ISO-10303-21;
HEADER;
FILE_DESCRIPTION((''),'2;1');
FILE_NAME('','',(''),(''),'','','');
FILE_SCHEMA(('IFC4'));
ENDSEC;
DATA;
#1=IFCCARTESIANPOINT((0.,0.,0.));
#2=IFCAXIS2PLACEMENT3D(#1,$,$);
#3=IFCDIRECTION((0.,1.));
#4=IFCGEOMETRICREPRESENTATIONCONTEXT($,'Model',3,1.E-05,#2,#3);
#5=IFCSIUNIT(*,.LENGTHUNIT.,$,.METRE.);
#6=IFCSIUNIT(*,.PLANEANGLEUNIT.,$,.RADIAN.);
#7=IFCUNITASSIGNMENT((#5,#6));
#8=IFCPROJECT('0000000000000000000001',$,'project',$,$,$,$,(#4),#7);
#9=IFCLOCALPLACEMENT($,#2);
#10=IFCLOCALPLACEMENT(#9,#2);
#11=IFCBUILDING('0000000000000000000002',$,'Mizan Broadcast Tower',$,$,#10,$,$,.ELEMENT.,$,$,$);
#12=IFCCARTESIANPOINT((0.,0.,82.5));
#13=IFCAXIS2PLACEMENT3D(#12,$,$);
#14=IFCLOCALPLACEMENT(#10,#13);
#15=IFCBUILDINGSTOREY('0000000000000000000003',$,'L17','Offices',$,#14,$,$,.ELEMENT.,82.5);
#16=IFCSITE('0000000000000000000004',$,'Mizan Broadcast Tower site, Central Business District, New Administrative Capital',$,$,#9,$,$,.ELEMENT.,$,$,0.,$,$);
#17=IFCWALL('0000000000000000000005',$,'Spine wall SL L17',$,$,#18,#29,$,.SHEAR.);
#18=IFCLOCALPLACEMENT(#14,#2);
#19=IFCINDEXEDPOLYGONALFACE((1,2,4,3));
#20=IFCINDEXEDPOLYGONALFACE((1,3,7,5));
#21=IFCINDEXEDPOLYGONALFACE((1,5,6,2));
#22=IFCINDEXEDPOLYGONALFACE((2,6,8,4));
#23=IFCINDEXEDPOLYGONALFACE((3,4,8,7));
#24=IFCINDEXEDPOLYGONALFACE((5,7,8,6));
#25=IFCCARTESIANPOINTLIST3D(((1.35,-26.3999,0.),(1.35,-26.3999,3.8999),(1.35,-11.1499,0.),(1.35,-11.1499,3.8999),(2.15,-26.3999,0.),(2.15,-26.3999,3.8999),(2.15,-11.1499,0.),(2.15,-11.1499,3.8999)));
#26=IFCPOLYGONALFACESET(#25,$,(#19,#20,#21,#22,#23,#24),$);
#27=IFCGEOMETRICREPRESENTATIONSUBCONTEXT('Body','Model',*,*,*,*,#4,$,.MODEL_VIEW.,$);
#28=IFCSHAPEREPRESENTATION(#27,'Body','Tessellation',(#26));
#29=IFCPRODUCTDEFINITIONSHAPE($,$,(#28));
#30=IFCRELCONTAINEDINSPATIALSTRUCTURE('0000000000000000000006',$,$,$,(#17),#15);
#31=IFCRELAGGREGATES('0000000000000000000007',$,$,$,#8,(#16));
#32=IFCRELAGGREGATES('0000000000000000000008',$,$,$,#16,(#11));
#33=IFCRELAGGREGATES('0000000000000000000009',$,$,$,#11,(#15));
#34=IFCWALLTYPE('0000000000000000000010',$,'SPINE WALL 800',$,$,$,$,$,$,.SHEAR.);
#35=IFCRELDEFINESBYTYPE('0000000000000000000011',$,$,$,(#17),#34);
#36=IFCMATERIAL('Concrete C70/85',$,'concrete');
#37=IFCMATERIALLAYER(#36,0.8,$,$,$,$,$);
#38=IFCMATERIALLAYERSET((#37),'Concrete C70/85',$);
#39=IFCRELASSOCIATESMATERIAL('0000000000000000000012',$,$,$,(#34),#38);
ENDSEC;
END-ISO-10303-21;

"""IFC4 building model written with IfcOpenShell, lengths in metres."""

from ifc_helpers import new_model, si_unit, direction, frame, frame_2d, origin, place, context, subcontext, project, spatial, rectangle, extrude, material, layer, layer_set, type_object, element, save


model = new_model("IFC4")

# Units and contexts
model_context = context("Model", 3, precision=1e-05, world=origin(), true_north=direction((0.0, 1.0)))
body_context = subcontext(model_context, "Body", "Model", "MODEL_VIEW")
ifc_project = project(units=[si_unit("LENGTHUNIT", "METRE"), si_unit("PLANEANGLEUNIT", "RADIAN")], contexts=[model_context])

# Site, building, storey
site_placement = place(None, origin())
site = spatial("IfcSite", under=ifc_project, at=site_placement, Name="Mizan Broadcast Tower site, Central Business District, New Administrative Capital", CompositionType="ELEMENT", RefElevation=0.0)
building_placement = place(site_placement, origin())
building = spatial("IfcBuilding", under=site, at=building_placement, Name="Mizan Broadcast Tower", CompositionType="ELEMENT")
storey_placement = place(building_placement, frame((0.0, 0.0, 82.5)))
storey = spatial("IfcBuildingStorey", under=building, at=storey_placement, Name="L17", Description="Offices", CompositionType="ELEMENT", Elevation=82.5)

# Wall
ifc_material_1 = material(Name="Concrete C70/85", Category="concrete")
ifc_layer_1 = layer(ifc_material_1, 0.8)
ifc_layer_set_1 = layer_set([ifc_layer_1], Name="Concrete C70/85")
wall_type_1 = type_object("IfcWallType", Name="SPINE WALL 800", PredefinedType="SHEAR", material=ifc_layer_set_1)
wall_1_placement = place(storey_placement, frame((1.75, -11.1499, 0.0), z_axis=(0.0, 0.0, 1.0), x_axis=(0.0, -1.0, 0.0)))
element("IfcWall", 1, at=wall_1_placement, inside=storey, type_object=wall_type_1, Name="Spine wall SL L17", PredefinedType="SHEAR", context=body_context, shape_type="SweptSolid", body=[
    extrude(rectangle(XDim=15.25, YDim=0.8, at=frame_2d((7.625, 0.0))), origin(), (0.0, 0.0, 1.0), 3.8999),
])

save(model, "model.ifc")
